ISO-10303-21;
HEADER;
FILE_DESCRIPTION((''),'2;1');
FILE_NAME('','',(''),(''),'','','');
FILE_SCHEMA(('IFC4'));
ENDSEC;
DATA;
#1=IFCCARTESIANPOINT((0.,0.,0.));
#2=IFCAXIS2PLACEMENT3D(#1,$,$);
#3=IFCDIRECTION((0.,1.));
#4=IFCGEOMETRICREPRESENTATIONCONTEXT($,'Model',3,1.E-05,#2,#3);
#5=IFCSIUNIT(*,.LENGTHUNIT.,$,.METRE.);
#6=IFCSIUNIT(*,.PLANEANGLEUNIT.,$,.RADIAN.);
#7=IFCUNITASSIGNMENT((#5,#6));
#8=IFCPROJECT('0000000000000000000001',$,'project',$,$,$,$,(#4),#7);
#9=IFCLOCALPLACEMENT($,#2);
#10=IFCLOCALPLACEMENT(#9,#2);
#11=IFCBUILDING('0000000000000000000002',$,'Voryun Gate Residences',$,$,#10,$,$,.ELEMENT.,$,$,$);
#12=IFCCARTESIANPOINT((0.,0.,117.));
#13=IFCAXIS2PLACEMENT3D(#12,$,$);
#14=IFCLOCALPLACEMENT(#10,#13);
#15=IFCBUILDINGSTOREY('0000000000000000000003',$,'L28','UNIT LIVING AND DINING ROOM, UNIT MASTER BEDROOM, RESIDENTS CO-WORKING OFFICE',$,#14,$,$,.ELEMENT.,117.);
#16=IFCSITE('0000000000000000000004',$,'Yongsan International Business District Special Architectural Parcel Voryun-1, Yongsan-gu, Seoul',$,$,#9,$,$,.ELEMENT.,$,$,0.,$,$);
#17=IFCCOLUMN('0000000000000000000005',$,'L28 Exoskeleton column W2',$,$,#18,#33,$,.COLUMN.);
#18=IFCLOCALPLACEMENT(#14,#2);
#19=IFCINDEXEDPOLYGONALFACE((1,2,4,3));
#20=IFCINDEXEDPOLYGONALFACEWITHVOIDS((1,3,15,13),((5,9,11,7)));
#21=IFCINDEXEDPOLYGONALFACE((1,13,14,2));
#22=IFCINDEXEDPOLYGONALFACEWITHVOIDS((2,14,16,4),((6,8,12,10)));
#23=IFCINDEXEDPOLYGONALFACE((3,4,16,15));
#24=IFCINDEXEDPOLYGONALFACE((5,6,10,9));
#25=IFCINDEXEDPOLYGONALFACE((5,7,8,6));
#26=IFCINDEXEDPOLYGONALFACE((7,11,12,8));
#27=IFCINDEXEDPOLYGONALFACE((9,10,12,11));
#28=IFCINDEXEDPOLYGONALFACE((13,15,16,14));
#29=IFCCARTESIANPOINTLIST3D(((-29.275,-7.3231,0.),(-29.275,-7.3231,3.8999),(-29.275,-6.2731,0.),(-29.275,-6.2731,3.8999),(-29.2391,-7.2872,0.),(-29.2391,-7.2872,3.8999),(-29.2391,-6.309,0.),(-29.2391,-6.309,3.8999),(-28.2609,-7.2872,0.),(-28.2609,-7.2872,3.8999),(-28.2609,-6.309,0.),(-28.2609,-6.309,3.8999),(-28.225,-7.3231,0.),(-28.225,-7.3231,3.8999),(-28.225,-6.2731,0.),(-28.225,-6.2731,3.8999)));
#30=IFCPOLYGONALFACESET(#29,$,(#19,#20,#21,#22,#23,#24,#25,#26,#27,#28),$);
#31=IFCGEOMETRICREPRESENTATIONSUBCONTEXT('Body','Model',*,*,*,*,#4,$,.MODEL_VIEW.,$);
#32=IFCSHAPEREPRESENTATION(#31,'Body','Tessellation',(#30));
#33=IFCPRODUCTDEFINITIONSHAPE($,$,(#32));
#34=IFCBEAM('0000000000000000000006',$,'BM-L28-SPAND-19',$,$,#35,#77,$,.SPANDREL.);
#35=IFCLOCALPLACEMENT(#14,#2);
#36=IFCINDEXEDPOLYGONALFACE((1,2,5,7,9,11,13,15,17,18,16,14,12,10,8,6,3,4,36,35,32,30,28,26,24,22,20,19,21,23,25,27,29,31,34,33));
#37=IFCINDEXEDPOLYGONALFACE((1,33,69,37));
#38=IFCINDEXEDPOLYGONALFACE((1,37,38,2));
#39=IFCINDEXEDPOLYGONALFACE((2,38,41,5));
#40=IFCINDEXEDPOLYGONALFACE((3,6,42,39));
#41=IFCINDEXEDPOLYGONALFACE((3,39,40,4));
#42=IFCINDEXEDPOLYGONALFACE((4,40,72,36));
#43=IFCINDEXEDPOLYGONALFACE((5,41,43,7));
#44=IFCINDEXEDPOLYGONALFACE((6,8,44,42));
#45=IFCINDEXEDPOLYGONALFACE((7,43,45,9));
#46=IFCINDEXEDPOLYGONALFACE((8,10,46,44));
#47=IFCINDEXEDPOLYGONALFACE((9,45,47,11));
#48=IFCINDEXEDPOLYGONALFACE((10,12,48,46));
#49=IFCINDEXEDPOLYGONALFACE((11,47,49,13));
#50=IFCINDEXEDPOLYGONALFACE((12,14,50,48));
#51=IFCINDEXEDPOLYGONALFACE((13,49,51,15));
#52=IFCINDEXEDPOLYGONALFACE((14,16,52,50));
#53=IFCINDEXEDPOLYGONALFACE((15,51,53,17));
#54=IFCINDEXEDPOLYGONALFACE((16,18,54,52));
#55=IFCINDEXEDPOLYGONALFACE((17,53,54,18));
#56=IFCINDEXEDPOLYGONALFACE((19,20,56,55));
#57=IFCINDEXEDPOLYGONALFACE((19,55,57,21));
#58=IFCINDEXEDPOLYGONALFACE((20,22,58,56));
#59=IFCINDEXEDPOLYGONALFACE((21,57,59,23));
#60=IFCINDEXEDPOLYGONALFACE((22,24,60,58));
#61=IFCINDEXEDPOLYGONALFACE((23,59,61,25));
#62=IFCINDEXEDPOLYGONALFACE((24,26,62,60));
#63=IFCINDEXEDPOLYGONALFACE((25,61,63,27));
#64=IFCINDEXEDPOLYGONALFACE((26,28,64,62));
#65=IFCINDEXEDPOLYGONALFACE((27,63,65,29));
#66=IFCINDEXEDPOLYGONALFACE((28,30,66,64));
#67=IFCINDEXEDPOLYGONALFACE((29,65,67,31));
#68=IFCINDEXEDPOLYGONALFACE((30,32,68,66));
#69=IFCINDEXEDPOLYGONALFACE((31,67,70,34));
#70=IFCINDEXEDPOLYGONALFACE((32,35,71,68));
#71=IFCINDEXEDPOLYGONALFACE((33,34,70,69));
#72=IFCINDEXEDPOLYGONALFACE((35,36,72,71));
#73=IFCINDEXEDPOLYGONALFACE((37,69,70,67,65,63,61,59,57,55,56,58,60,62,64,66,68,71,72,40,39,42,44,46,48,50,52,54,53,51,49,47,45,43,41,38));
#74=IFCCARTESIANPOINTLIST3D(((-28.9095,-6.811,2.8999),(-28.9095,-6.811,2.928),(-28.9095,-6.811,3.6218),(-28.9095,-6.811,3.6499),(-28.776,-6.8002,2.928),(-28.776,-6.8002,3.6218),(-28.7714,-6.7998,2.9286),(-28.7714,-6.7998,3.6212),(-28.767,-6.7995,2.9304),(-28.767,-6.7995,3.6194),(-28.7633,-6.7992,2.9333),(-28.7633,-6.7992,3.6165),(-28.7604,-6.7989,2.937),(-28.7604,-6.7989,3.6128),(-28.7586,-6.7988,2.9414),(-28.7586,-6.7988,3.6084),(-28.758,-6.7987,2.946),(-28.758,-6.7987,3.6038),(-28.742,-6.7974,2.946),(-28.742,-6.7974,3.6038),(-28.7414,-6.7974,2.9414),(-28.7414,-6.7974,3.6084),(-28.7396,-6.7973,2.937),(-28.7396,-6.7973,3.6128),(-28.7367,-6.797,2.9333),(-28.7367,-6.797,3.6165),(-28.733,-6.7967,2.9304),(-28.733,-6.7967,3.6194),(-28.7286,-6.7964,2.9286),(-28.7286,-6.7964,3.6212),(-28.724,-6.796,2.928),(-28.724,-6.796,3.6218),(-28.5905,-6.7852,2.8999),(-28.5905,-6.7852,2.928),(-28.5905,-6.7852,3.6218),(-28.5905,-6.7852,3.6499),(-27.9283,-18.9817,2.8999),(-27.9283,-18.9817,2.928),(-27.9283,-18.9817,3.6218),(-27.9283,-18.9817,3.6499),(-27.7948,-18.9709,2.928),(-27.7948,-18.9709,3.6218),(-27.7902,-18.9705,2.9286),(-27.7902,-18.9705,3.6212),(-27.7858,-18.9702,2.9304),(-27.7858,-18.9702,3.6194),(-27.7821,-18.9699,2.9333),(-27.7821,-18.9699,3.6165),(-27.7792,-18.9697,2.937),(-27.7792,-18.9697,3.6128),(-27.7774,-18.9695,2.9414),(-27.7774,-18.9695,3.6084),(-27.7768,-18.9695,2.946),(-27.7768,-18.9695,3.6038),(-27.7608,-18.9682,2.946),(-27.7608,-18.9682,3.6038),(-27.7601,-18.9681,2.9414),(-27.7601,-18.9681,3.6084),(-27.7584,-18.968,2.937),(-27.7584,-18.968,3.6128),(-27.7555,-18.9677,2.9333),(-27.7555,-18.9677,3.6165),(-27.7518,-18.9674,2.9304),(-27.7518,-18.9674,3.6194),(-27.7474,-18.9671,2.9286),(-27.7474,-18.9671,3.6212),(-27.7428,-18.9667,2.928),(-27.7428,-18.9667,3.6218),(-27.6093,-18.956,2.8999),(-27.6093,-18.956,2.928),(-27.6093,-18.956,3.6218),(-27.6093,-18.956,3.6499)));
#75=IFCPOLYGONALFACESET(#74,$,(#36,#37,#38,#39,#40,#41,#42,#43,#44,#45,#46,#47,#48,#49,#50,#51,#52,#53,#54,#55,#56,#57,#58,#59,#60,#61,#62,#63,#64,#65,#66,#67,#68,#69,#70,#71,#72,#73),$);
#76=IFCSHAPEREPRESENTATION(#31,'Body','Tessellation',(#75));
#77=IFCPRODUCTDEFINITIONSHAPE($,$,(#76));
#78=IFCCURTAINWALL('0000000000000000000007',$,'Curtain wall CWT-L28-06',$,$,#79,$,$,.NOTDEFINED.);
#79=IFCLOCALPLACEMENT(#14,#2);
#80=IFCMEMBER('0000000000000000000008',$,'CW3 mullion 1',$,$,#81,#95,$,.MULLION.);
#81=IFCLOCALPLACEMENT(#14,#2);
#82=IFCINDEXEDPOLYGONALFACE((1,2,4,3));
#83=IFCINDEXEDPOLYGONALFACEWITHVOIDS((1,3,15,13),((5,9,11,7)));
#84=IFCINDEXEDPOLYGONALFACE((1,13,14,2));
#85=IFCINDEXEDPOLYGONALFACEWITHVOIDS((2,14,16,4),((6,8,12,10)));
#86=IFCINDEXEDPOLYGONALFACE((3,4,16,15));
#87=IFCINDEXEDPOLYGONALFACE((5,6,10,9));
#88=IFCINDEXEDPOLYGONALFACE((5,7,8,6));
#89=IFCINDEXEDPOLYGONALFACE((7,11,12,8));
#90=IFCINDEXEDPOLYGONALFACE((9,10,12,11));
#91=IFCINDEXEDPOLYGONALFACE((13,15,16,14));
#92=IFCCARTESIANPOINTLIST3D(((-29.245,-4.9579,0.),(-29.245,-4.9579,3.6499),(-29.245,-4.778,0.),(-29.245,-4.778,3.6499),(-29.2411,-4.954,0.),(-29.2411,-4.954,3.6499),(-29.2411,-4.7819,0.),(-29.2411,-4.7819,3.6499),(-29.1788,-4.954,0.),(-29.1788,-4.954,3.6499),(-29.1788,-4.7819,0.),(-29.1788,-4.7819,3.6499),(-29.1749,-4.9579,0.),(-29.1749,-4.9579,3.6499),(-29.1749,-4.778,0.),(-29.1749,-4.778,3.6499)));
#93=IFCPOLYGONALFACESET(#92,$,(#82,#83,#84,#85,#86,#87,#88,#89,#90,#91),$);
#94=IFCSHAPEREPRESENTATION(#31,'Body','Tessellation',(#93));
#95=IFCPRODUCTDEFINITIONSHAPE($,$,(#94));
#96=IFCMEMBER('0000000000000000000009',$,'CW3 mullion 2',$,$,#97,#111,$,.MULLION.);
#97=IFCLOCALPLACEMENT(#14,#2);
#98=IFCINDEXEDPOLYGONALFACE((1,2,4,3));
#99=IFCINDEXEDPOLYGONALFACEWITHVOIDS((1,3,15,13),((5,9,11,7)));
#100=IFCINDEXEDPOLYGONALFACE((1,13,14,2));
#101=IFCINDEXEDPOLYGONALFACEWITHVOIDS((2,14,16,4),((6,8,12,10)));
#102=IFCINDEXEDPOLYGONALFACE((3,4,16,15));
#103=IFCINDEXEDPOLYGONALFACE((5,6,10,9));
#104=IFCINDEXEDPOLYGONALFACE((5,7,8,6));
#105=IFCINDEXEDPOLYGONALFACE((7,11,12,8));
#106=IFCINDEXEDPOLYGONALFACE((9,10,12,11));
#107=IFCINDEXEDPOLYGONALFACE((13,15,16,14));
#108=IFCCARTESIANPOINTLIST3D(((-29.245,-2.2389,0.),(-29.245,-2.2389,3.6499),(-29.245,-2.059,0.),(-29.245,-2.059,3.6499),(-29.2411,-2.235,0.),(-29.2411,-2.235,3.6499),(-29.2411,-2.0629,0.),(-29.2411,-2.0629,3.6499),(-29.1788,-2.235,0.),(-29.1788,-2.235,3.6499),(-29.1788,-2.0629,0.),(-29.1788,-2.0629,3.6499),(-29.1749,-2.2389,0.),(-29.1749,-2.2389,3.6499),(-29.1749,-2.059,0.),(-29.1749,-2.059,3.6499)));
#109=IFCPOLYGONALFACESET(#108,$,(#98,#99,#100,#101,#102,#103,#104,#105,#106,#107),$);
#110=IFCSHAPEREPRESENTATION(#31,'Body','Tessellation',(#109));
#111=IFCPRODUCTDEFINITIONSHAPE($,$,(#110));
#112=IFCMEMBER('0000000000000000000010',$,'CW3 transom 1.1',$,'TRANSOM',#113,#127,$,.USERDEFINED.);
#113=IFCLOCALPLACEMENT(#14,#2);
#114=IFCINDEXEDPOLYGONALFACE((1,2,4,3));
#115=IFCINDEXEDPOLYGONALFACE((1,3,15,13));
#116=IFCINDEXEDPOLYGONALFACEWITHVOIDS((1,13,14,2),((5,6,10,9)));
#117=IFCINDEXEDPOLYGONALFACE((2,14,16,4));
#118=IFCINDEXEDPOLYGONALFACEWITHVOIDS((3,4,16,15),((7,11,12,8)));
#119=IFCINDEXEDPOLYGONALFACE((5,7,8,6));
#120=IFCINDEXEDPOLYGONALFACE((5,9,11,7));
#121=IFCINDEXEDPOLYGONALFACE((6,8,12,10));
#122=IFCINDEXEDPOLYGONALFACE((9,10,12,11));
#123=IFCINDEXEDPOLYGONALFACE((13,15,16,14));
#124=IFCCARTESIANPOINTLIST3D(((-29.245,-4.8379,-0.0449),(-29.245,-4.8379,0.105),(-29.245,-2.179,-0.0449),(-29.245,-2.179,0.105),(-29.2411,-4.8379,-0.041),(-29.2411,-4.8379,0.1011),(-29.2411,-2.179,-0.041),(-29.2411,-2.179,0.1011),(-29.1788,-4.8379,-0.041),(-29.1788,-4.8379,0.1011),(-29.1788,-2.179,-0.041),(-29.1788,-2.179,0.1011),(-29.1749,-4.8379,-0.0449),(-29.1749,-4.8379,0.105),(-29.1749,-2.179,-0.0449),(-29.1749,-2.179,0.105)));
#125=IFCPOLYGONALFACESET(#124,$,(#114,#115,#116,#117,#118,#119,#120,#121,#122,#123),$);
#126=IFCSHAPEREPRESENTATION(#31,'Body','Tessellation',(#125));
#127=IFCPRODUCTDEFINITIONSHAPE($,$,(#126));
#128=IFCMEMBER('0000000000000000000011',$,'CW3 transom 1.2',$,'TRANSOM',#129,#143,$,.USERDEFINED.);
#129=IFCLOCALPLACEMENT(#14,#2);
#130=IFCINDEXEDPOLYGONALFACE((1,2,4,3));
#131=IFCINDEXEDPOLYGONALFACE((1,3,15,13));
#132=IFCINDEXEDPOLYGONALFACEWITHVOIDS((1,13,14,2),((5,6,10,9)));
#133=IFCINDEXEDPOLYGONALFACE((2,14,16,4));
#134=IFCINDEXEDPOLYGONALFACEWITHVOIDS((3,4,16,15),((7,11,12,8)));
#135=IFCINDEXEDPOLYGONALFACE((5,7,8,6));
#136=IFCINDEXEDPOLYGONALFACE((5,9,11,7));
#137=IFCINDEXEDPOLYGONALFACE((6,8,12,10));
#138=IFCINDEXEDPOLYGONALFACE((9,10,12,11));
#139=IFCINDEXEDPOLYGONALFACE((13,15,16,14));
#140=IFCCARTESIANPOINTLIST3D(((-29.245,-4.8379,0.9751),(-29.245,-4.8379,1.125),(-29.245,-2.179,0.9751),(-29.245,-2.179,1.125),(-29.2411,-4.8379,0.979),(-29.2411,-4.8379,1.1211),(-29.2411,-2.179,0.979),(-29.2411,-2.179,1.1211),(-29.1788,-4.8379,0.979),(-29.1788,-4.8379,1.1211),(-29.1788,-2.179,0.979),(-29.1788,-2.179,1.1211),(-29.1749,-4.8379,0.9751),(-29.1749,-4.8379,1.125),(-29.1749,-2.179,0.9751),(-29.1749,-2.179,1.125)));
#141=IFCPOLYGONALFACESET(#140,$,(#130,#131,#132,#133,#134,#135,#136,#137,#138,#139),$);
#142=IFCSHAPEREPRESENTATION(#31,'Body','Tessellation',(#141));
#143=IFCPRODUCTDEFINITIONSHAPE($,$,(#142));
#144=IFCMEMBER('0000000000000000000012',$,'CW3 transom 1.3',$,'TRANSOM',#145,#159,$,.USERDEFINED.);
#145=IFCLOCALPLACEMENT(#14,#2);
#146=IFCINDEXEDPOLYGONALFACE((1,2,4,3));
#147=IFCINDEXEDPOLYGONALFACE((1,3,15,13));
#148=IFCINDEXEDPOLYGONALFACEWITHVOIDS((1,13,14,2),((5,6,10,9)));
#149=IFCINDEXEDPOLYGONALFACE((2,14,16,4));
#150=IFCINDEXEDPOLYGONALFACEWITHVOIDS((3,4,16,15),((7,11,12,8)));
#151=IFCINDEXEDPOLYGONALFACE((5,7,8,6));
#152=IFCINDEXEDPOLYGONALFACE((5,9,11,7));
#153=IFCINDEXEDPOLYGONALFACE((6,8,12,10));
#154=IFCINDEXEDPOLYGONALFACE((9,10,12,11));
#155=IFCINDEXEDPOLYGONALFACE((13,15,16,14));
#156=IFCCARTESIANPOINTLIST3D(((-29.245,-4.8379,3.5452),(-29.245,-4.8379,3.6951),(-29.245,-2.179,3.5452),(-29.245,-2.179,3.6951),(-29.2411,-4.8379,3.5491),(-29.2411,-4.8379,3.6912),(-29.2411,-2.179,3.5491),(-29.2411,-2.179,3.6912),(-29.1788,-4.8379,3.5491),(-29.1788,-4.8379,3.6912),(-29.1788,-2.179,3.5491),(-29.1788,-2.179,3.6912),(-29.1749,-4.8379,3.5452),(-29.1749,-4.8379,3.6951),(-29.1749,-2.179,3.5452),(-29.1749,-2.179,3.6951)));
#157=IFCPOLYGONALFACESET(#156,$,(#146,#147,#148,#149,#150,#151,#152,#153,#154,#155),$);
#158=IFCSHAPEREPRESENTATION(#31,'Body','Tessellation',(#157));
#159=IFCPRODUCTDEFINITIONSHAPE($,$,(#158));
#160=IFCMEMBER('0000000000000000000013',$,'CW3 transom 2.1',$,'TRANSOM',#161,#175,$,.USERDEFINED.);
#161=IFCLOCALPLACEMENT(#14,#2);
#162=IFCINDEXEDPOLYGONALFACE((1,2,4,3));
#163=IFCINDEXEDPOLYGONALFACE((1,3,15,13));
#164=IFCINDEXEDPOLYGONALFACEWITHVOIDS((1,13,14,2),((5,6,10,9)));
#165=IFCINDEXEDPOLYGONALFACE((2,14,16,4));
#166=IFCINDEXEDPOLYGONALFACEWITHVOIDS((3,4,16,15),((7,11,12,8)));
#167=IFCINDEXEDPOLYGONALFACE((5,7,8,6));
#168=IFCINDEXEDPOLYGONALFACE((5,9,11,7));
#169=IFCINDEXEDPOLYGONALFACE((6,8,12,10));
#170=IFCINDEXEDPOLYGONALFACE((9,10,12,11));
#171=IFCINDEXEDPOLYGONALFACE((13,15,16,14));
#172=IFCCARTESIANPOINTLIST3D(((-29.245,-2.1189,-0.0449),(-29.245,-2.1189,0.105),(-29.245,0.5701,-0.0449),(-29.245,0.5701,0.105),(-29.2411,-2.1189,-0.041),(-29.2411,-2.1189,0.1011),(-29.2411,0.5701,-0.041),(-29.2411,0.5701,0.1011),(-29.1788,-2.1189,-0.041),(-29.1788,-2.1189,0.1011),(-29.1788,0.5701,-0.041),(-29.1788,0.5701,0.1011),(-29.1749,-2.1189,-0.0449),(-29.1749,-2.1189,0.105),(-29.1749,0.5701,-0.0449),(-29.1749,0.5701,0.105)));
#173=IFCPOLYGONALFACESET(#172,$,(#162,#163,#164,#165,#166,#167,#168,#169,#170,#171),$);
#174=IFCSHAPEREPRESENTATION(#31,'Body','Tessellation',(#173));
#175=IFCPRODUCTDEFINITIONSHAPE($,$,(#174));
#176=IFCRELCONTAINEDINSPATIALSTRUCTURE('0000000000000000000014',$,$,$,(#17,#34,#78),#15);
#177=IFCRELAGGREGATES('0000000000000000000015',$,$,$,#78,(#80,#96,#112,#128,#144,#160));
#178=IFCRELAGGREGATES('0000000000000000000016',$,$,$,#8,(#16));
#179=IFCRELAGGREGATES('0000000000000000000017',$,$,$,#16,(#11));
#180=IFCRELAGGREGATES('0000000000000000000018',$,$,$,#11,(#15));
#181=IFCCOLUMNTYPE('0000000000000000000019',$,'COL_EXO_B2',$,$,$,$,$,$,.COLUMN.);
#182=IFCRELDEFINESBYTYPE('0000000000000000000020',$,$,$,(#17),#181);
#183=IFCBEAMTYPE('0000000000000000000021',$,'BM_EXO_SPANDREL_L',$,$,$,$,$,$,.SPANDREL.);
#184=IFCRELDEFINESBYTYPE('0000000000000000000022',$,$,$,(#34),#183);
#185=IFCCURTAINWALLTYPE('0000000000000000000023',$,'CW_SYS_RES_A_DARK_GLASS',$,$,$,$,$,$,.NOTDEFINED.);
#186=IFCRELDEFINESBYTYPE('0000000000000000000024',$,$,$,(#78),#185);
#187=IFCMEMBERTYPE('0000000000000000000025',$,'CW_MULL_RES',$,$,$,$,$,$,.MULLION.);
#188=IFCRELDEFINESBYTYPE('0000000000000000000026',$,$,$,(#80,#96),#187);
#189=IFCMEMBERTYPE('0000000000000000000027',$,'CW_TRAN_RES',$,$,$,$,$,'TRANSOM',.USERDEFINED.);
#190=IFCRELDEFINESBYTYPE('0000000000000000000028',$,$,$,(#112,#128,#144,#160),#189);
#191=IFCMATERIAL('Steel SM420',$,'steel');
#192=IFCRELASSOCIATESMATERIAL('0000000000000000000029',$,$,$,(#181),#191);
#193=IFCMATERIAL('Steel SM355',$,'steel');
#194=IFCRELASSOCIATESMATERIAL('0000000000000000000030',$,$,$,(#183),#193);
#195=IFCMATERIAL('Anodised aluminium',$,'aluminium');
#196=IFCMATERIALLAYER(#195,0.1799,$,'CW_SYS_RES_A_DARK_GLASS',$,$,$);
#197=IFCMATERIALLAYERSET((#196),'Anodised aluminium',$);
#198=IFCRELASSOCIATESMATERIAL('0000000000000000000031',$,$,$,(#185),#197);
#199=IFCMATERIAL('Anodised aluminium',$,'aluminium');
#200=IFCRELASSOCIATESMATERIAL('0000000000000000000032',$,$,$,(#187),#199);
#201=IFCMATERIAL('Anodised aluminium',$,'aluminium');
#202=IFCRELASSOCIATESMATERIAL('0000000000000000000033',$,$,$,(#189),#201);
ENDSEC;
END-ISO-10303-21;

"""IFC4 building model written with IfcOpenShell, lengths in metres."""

from ifc_helpers import new_model, si_unit, direction, frame, origin, origin_2d, place, context, subcontext, project, spatial, hollow_rectangle, i_section, extrude, material, layer, layer_set, material_profile, profile_set, type_object, element, aggregate, save


model = new_model("IFC4")

# Units and contexts
model_context = context("Model", 3, precision=1e-05, world=origin(), true_north=direction((0.0, 1.0)))
body_context = subcontext(model_context, "Body", "Model", "MODEL_VIEW")
ifc_project = project(units=[si_unit("LENGTHUNIT", "METRE"), si_unit("PLANEANGLEUNIT", "RADIAN")], contexts=[model_context])

# Site, building, storey
site_placement = place(None, origin())
site = spatial("IfcSite", under=ifc_project, at=site_placement, Name="Yongsan International Business District Special Architectural Parcel Voryun-1, Yongsan-gu, Seoul", CompositionType="ELEMENT", RefElevation=0.0)
building_placement = place(site_placement, origin())
building = spatial("IfcBuilding", under=site, at=building_placement, Name="Voryun Gate Residences", CompositionType="ELEMENT")
storey_placement = place(building_placement, frame((0.0, 0.0, 117.0)))
storey = spatial("IfcBuildingStorey", under=building, at=storey_placement, Name="L28", Description="UNIT LIVING AND DINING ROOM, UNIT MASTER BEDROOM, RESIDENTS CO-WORKING OFFICE", CompositionType="ELEMENT", Elevation=117.0)

# Column
ifc_material_1 = material(Name="Steel SM420", Category="steel")
ifc_material_profile_1 = material_profile(ifc_material_1, hollow_rectangle(XDim=1.05, YDim=1.05, WallThickness=0.0359, at=origin_2d()), Name="BOX-1050x1050x36")
ifc_profile_set_1 = profile_set([ifc_material_profile_1], Name="Steel SM420")
column_type = type_object("IfcColumnType", Name="COL_EXO_B2", PredefinedType="COLUMN", material=ifc_profile_set_1)
column_placement = place(storey_placement, frame((-28.75, -6.7981, 0.0), z_axis=(0.0, 0.0, 1.0), x_axis=(1.0, 0.0, 0.0)))
element("IfcColumn", 1, at=column_placement, inside=storey, type_object=column_type, Name="L28 Exoskeleton column W2", PredefinedType="COLUMN", context=body_context, shape_type="SweptSolid", body=[
    extrude(hollow_rectangle(XDim=1.05, YDim=1.05, WallThickness=0.0359, at=origin_2d()), origin(), (0.0, 0.0, 1.0), 3.8999),
])

# Beam
ifc_material_2 = material(Name="Steel SM355", Category="steel")
ifc_material_profile_2 = material_profile(ifc_material_2, i_section(OverallWidth=0.3201, OverallDepth=0.75, WebThickness=0.0161, FlangeThickness=0.0281, FilletRadius=0.0181, at=origin_2d()), Name="H-750x320x16x28")
ifc_profile_set_2 = profile_set([ifc_material_profile_2], Name="Steel SM355")
beam_type = type_object("IfcBeamType", Name="BM_EXO_SPANDREL_L", PredefinedType="SPANDREL", material=ifc_profile_set_2)
beam_placement = place(storey_placement, frame((-28.75, -6.7981, 3.2749), z_axis=(0.08036, -0.996766, 0.0), x_axis=(0.996766, 0.08036, 0.0)))
element("IfcBeam", 2, at=beam_placement, inside=storey, type_object=beam_type, Name="BM-L28-SPAND-19", PredefinedType="SPANDREL", context=body_context, shape_type="SweptSolid", body=[
    extrude(i_section(OverallWidth=0.3201, OverallDepth=0.75, WebThickness=0.0161, FlangeThickness=0.0281, FilletRadius=0.0181, at=origin_2d()), origin(), (0.0, 0.0, 1.0), 12.2102),
])

# Curtain wall, members
ifc_material_3 = material(Name="Anodised aluminium", Category="aluminium")
ifc_layer_1 = layer(ifc_material_3, 0.1799, Name="CW_SYS_RES_A_DARK_GLASS")
ifc_layer_set_1 = layer_set([ifc_layer_1], Name="Anodised aluminium")
curtain_wall_type = type_object("IfcCurtainWallType", Name="CW_SYS_RES_A_DARK_GLASS", PredefinedType="NOTDEFINED", material=ifc_layer_set_1)
curtain_wall_placement = place(storey_placement, origin())
curtain_wall = element("IfcCurtainWall", 3, at=curtain_wall_placement, inside=storey, type_object=curtain_wall_type, Name="Curtain wall CWT-L28-06", PredefinedType="NOTDEFINED")
ifc_material_4 = material(Name="Anodised aluminium", Category="aluminium")
ifc_material_profile_3 = material_profile(ifc_material_4, hollow_rectangle(XDim=0.0701, YDim=0.1799, WallThickness=0.0039, at=origin_2d()), Name="ALU-MULL-180x70x4")
ifc_profile_set_3 = profile_set([ifc_material_profile_3], Name="Anodised aluminium")
member_type_1 = type_object("IfcMemberType", Name="CW_MULL_RES", PredefinedType="MULLION", material=ifc_profile_set_3)
member_1_placement = place(storey_placement, frame((-29.21, -4.8679, 0.0), z_axis=(0.0, 0.0, 1.0), x_axis=(-1.0, 0.0, 0.0)))
member_1 = element("IfcMember", 4, at=member_1_placement, type_object=member_type_1, Name="CW3 mullion 1", PredefinedType="MULLION", context=body_context, shape_type="SweptSolid", body=[
    extrude(hollow_rectangle(XDim=0.0701, YDim=0.1799, WallThickness=0.0039, at=origin_2d()), origin(), (0.0, 0.0, 1.0), 3.6499),
])
member_2_placement = place(storey_placement, frame((-29.21, -2.1489, 0.0), z_axis=(0.0, 0.0, 1.0), x_axis=(-1.0, 0.0, 0.0)))
member_2 = element("IfcMember", 5, at=member_2_placement, type_object=member_type_1, Name="CW3 mullion 2", PredefinedType="MULLION", context=body_context, shape_type="SweptSolid", body=[
    extrude(hollow_rectangle(XDim=0.0701, YDim=0.1799, WallThickness=0.0039, at=origin_2d()), origin(), (0.0, 0.0, 1.0), 3.6499),
])
ifc_material_5 = material(Name="Anodised aluminium", Category="aluminium")
ifc_material_profile_4 = material_profile(ifc_material_5, hollow_rectangle(XDim=0.0701, YDim=0.1499, WallThickness=0.0039, at=origin_2d()), Name="ALU-TRAN-150x70x4")
ifc_profile_set_4 = profile_set([ifc_material_profile_4], Name="Anodised aluminium")
member_type_2 = type_object("IfcMemberType", Name="CW_TRAN_RES", ElementType="TRANSOM", PredefinedType="USERDEFINED", material=ifc_profile_set_4)
member_3_placement = place(storey_placement, frame((-29.21, -4.8379, 0.03), z_axis=(0.0, 1.0, 0.0), x_axis=(-1.0, 0.0, 0.0)))
member_3 = element("IfcMember", 6, at=member_3_placement, type_object=member_type_2, Name="CW3 transom 1.1", ObjectType="TRANSOM", PredefinedType="USERDEFINED", context=body_context, shape_type="SweptSolid", body=[
    extrude(hollow_rectangle(XDim=0.0701, YDim=0.1499, WallThickness=0.0039, at=origin_2d()), origin(), (0.0, 0.0, 1.0), 2.6589),
])
member_4_placement = place(storey_placement, frame((-29.21, -4.8379, 1.05), z_axis=(0.0, 1.0, 0.0), x_axis=(-1.0, 0.0, 0.0)))
member_4 = element("IfcMember", 7, at=member_4_placement, type_object=member_type_2, Name="CW3 transom 1.2", ObjectType="TRANSOM", PredefinedType="USERDEFINED", context=body_context, shape_type="SweptSolid", body=[
    extrude(hollow_rectangle(XDim=0.0701, YDim=0.1499, WallThickness=0.0039, at=origin_2d()), origin(), (0.0, 0.0, 1.0), 2.6589),
])
member_5_placement = place(storey_placement, frame((-29.21, -4.8379, 3.6201), z_axis=(0.0, 1.0, 0.0), x_axis=(-1.0, 0.0, 0.0)))
member_5 = element("IfcMember", 8, at=member_5_placement, type_object=member_type_2, Name="CW3 transom 1.3", ObjectType="TRANSOM", PredefinedType="USERDEFINED", context=body_context, shape_type="SweptSolid", body=[
    extrude(hollow_rectangle(XDim=0.0701, YDim=0.1499, WallThickness=0.0039, at=origin_2d()), origin(), (0.0, 0.0, 1.0), 2.6589),
])
member_6_placement = place(storey_placement, frame((-29.21, -2.1189, 0.03), z_axis=(0.0, 1.0, 0.0), x_axis=(-1.0, 0.0, 0.0)))
member_6 = element("IfcMember", 9, at=member_6_placement, type_object=member_type_2, Name="CW3 transom 2.1", ObjectType="TRANSOM", PredefinedType="USERDEFINED", context=body_context, shape_type="SweptSolid", body=[
    extrude(hollow_rectangle(XDim=0.0701, YDim=0.1499, WallThickness=0.0039, at=origin_2d()), origin(), (0.0, 0.0, 1.0), 2.689),
])
aggregate(curtain_wall, [member_1, member_2, member_3, member_4, member_5, member_6])

save(model, "model.ifc")
